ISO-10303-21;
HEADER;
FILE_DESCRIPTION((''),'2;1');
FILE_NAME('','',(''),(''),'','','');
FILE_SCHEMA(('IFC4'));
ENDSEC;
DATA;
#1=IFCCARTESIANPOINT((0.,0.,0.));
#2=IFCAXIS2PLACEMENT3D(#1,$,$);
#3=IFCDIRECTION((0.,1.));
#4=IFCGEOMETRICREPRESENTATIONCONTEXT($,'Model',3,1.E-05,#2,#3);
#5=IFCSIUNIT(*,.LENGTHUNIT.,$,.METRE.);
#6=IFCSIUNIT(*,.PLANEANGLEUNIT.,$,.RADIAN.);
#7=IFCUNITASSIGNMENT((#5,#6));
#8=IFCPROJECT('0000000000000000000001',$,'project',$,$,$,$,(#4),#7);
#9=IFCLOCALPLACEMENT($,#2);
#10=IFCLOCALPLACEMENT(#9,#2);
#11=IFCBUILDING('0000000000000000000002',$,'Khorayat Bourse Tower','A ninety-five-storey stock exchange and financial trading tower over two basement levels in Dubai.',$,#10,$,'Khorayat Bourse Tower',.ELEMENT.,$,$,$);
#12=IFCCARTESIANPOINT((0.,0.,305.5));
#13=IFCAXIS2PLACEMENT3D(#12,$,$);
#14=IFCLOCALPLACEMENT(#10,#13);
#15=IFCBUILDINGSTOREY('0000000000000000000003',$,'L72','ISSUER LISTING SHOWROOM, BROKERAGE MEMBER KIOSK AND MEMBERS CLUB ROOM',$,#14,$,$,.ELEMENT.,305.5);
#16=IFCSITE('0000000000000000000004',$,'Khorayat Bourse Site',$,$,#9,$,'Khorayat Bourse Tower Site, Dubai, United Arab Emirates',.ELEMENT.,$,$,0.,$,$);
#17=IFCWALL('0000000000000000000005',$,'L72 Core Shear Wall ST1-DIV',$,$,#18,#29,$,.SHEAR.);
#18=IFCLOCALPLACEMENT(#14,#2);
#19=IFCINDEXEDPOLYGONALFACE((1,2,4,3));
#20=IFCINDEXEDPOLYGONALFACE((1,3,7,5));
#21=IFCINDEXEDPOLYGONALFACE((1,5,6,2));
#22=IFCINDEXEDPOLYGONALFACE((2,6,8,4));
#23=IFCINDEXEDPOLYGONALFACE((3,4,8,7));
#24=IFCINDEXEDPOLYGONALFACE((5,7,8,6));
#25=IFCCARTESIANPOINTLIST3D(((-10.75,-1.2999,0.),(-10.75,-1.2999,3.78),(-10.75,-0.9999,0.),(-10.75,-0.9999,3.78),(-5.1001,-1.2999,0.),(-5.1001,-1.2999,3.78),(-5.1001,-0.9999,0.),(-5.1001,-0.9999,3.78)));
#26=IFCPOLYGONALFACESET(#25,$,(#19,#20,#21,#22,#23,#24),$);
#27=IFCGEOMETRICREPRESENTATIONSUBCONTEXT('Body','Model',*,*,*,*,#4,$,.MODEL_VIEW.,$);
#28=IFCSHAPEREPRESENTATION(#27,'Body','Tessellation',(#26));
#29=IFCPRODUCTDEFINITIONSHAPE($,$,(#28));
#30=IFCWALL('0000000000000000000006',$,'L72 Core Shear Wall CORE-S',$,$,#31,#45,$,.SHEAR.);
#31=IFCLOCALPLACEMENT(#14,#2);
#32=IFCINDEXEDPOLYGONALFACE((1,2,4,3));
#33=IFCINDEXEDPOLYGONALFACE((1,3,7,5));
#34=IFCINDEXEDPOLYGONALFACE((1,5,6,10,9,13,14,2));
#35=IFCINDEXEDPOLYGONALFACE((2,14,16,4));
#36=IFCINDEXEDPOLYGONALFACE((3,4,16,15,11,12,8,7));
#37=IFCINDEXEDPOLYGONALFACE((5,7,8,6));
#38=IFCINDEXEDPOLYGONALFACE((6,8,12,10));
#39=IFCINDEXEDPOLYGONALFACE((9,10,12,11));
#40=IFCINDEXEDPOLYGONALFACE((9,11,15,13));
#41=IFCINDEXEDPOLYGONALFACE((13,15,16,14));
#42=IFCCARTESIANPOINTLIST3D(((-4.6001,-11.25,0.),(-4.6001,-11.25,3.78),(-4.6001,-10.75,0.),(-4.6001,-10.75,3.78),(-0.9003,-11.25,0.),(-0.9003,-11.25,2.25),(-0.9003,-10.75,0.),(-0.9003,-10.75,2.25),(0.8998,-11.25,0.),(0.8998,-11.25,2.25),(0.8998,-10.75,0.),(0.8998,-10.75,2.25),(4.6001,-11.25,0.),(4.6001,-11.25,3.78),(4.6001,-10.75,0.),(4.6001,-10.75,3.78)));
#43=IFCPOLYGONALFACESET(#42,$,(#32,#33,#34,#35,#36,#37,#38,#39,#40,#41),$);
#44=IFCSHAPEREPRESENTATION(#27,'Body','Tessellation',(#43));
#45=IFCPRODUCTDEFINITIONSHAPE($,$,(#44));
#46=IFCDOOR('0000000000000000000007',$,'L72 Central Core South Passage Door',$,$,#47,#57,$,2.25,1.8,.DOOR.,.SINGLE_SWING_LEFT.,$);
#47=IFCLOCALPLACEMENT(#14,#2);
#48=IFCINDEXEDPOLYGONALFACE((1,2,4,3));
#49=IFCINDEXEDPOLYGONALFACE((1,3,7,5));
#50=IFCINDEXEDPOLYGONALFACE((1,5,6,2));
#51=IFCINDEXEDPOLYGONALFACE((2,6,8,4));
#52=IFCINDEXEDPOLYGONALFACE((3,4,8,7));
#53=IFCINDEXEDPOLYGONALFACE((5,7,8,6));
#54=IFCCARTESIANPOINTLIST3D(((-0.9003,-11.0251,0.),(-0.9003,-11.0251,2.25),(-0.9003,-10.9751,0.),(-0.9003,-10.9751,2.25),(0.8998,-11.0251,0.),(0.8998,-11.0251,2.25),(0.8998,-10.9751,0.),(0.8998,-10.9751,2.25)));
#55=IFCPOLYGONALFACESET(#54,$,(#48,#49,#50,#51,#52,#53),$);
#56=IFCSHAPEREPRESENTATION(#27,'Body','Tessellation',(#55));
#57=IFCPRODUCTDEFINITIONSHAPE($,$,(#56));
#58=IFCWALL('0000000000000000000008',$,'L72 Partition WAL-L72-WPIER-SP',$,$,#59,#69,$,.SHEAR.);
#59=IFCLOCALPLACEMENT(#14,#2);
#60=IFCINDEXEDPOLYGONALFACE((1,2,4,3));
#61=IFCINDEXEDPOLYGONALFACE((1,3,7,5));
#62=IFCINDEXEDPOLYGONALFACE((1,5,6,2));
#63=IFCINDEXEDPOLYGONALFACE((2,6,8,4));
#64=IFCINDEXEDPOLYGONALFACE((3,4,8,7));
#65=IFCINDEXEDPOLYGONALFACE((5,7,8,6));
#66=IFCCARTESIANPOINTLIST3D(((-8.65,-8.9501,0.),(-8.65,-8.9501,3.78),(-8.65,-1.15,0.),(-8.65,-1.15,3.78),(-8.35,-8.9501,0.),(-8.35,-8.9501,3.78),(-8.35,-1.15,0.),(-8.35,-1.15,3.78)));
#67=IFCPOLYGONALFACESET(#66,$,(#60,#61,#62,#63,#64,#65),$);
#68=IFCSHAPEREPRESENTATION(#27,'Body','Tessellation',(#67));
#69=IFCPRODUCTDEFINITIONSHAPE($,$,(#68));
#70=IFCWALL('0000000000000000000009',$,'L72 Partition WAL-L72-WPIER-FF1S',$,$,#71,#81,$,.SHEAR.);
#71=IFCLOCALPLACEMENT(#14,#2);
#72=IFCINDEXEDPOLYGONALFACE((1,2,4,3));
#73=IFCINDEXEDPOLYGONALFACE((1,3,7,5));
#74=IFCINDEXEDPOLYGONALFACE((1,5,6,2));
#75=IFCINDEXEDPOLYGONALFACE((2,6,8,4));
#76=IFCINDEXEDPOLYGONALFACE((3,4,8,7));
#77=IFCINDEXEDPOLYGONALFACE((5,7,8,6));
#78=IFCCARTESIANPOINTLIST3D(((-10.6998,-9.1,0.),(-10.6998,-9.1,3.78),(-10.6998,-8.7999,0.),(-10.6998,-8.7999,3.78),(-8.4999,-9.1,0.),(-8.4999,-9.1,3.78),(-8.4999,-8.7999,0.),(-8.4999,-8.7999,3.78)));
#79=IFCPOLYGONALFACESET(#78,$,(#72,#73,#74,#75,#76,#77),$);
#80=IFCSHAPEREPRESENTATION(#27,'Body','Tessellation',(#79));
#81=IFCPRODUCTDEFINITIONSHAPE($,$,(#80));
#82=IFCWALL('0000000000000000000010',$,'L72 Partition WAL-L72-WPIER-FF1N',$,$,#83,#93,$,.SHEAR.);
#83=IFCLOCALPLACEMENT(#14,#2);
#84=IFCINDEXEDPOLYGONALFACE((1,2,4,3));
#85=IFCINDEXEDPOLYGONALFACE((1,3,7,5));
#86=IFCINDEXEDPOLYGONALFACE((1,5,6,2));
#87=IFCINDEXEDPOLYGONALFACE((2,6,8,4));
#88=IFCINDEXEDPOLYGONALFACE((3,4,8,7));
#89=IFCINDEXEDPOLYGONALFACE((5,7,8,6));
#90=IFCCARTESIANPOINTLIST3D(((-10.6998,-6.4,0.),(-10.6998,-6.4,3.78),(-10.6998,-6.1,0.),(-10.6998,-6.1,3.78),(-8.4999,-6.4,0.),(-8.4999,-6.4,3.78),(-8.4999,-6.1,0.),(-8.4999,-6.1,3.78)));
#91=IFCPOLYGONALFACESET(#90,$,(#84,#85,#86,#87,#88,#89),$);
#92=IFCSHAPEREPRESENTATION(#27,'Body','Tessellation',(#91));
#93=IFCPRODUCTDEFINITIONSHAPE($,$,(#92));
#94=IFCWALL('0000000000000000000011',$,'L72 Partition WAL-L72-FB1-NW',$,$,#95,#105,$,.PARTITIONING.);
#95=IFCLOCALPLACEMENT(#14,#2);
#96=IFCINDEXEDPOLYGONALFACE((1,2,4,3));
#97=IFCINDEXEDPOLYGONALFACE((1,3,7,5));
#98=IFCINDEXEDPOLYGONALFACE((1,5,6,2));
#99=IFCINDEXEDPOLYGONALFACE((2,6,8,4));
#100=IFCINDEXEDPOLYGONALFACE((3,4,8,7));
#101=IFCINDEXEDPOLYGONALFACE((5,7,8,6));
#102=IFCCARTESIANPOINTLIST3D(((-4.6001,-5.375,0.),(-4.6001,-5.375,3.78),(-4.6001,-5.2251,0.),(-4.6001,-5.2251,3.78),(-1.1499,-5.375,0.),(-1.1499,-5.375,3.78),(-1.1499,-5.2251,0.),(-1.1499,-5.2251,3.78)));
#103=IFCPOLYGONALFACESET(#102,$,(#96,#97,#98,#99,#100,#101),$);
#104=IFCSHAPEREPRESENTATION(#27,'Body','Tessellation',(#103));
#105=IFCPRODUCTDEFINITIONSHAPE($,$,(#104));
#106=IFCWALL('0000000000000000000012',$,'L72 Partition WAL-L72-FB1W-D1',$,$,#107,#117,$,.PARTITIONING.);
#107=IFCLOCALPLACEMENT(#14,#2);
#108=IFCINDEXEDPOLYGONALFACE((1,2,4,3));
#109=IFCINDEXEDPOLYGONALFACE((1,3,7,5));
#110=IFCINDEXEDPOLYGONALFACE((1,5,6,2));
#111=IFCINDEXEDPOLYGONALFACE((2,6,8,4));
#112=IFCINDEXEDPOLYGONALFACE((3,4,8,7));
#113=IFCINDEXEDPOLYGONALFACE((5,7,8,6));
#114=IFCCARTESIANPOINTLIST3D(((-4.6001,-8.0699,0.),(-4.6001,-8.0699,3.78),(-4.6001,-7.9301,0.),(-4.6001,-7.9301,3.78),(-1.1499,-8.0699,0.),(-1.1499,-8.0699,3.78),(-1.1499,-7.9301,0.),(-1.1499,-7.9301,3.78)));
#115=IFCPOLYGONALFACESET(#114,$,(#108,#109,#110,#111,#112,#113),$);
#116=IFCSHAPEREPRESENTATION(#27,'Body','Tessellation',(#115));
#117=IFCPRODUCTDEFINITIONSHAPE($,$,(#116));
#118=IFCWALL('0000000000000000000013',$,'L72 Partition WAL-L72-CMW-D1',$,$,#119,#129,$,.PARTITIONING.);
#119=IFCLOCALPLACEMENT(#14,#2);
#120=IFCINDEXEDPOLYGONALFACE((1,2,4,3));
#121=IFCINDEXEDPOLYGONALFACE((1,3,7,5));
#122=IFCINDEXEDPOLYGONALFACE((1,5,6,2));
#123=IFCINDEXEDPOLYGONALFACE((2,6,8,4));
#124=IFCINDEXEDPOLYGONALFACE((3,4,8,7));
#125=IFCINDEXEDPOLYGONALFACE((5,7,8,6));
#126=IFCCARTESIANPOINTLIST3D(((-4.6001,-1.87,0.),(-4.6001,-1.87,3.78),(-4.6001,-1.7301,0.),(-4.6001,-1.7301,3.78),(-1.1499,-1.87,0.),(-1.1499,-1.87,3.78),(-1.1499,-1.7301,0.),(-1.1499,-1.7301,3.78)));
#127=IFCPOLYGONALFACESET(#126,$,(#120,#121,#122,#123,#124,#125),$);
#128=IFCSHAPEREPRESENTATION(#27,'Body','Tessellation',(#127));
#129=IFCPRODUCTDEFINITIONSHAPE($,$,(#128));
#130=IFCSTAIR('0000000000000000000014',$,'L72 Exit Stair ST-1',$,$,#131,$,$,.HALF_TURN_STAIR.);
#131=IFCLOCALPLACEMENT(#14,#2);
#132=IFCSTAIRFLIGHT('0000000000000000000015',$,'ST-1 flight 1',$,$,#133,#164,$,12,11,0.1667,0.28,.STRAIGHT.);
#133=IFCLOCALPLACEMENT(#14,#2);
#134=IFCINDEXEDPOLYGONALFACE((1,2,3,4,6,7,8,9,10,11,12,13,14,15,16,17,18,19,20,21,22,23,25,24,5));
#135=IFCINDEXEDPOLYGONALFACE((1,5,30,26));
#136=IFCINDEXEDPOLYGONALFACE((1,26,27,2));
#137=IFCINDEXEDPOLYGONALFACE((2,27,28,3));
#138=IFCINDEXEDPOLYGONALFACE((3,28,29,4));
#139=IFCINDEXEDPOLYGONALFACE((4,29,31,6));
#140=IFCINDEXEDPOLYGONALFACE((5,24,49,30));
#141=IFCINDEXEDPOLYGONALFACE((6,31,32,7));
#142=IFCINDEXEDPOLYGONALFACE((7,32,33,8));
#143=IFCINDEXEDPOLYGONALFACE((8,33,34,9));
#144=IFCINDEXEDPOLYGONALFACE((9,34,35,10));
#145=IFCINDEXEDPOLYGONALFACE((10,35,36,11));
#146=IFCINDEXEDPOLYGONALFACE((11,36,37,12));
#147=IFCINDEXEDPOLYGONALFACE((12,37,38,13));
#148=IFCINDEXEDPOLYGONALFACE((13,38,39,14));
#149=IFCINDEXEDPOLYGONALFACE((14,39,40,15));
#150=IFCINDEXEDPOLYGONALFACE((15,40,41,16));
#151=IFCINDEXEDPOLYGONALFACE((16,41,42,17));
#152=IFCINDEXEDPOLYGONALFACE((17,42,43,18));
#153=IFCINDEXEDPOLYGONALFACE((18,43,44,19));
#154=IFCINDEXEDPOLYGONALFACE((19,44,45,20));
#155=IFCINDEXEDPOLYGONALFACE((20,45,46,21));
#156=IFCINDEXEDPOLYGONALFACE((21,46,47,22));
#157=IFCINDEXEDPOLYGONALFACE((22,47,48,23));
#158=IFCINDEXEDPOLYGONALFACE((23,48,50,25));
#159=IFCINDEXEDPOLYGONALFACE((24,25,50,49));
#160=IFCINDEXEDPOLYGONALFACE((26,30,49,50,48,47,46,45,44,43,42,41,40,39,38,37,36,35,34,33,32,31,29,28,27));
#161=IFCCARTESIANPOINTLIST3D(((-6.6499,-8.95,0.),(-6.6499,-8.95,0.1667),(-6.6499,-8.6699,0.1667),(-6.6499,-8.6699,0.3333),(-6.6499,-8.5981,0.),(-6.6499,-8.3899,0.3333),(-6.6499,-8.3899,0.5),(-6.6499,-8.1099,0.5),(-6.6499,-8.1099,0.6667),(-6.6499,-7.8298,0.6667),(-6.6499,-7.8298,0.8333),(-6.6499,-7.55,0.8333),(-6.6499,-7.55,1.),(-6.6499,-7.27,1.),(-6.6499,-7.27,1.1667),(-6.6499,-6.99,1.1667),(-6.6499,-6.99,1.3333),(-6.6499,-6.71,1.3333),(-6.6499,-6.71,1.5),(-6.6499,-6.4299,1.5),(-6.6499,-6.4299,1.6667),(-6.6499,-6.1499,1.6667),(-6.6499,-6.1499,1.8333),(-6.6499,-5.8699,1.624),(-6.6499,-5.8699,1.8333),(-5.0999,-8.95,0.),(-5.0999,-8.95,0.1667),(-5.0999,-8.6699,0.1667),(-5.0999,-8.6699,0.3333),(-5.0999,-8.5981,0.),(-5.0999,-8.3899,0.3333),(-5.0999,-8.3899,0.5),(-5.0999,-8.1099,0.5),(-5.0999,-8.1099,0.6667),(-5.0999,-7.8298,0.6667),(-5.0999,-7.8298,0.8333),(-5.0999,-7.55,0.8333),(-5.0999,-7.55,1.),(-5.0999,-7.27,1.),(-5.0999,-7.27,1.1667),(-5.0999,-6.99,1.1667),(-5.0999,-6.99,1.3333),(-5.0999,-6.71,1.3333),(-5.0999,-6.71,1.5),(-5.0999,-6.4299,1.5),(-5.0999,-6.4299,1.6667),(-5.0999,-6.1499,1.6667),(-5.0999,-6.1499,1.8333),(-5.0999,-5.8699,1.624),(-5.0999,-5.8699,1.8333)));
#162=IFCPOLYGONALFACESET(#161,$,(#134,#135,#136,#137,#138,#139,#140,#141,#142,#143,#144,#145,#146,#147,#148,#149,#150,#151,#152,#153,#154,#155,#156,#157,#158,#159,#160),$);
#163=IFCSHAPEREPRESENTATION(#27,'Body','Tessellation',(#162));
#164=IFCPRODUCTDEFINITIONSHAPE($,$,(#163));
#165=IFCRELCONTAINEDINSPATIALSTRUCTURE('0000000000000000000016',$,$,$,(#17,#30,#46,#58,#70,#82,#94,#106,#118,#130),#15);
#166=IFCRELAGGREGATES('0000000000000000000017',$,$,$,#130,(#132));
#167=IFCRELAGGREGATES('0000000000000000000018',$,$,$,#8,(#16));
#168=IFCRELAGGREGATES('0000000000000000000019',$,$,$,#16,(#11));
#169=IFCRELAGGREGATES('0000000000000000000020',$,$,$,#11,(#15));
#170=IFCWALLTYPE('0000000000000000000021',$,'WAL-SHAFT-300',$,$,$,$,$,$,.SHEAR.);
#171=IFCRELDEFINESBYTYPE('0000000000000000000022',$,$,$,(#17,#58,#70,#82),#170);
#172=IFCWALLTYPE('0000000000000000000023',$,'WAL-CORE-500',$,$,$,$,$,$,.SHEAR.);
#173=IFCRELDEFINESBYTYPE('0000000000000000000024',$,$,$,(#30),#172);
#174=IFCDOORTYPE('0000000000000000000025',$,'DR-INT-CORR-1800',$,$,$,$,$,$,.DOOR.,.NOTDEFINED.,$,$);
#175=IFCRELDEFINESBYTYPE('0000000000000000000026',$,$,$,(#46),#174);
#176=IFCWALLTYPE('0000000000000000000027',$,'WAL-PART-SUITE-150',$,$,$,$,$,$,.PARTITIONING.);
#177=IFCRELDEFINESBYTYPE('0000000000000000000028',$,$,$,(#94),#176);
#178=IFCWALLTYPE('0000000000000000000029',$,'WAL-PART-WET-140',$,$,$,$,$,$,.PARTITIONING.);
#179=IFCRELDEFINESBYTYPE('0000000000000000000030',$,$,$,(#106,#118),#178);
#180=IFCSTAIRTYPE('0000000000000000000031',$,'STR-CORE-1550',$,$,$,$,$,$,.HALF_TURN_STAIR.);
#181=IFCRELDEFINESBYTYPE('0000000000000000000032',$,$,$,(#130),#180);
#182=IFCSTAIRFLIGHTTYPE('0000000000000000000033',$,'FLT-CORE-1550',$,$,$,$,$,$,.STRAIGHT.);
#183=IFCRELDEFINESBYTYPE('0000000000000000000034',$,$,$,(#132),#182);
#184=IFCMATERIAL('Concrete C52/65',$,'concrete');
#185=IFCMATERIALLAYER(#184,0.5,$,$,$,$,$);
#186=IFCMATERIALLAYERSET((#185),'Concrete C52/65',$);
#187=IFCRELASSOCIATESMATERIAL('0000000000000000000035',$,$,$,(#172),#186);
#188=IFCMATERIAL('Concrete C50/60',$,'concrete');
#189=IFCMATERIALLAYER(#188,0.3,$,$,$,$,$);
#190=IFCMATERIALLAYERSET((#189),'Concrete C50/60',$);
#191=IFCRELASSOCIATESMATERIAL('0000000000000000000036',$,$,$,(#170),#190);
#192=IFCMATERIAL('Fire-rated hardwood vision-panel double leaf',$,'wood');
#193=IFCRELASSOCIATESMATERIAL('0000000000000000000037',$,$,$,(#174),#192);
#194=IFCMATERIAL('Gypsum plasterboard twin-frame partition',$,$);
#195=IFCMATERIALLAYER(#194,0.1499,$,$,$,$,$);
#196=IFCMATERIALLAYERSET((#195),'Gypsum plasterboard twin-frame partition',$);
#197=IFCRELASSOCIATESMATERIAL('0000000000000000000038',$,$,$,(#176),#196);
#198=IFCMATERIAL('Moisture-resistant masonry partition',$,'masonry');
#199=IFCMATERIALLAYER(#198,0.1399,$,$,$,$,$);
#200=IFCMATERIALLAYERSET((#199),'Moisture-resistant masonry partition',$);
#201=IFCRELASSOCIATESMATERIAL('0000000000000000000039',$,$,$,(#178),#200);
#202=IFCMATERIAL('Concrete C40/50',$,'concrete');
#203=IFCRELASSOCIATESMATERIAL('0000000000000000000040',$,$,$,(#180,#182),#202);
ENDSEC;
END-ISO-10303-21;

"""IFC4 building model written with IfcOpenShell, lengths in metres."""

from ifc_helpers import new_model, si_unit, direction, frame, frame_2d, origin, place, context, subcontext, project, spatial, polyline, rectangle, outline, extrude, source, transform, mapped, material, layer, layer_set, type_object, element, fill, aggregate, save


model = new_model("IFC4")

# Units and contexts
model_context = context("Model", 3, precision=1e-05, world=origin(), true_north=direction((0.0, 1.0)))
body_context = subcontext(model_context, "Body", "Model", "MODEL_VIEW")
ifc_project = project(units=[si_unit("LENGTHUNIT", "METRE"), si_unit("PLANEANGLEUNIT", "RADIAN")], contexts=[model_context])

# Site, building, storey
site_placement = place(None, origin())
site = spatial("IfcSite", under=ifc_project, at=site_placement, Name="Khorayat Bourse Site", LongName="Khorayat Bourse Tower Site, Dubai, United Arab Emirates", CompositionType="ELEMENT", RefElevation=0.0)
building_placement = place(site_placement, origin())
building = spatial("IfcBuilding", under=site, at=building_placement, Name="Khorayat Bourse Tower", Description="A ninety-five-storey stock exchange and financial trading tower over two basement levels in Dubai.", LongName="Khorayat Bourse Tower", CompositionType="ELEMENT")
storey_placement = place(building_placement, frame((0.0, 0.0, 305.5)))
storey = spatial("IfcBuildingStorey", under=building, at=storey_placement, Name="L72", Description="ISSUER LISTING SHOWROOM, BROKERAGE MEMBER KIOSK AND MEMBERS CLUB ROOM", CompositionType="ELEMENT", Elevation=305.5)

# Shared definitions
ifc_material_1 = material(Name="Concrete C52/65", Category="concrete")

# Wall
ifc_layer_1 = layer(ifc_material_1, 0.5)
ifc_layer_set_1 = layer_set([ifc_layer_1], Name="Concrete C52/65")
wall_type_1 = type_object("IfcWallType", Name="WAL-CORE-500", PredefinedType="SHEAR", material=ifc_layer_set_1)
ifc_material_2 = material(Name="Concrete C50/60", Category="concrete")
ifc_layer_2 = layer(ifc_material_2, 0.3)
ifc_layer_set_2 = layer_set([ifc_layer_2], Name="Concrete C50/60")
wall_type_2 = type_object("IfcWallType", Name="WAL-SHAFT-300", PredefinedType="SHEAR", material=ifc_layer_set_2)
shared_shape_1 = source(origin(), body_context, "Body", "SweptSolid", [
    extrude(rectangle(XDim=5.6499, YDim=0.3, at=frame_2d((2.825, 0.0))), origin(), (0.0, 0.0, 1.0), 3.78),
])
wall_1_placement = place(storey_placement, frame((-10.75, -1.1499, 0.0), z_axis=(0.0, 0.0, 1.0), x_axis=(1.0, 0.0, 0.0)))
element("IfcWall", 1, at=wall_1_placement, inside=storey, type_object=wall_type_2, Name="L72 Core Shear Wall ST1-DIV", PredefinedType="SHEAR", context=body_context, shape_type="MappedRepresentation", body=[
    mapped(shared_shape_1, transform((0.0, 0.0, 0.0), scale=1.0)),
])

# Wall, opening, door
shared_shape_2 = source(origin(), body_context, "Body", "SweptSolid", [
    extrude(rectangle(XDim=9.2002, YDim=0.5, at=frame_2d((4.6001, 0.0))), origin(), (0.0, 0.0, 1.0), 3.78),
])
wall_2_placement = place(storey_placement, frame((-4.6001, -11.0, 0.0), z_axis=(0.0, 0.0, 1.0), x_axis=(1.0, 0.0, 0.0)))
wall_2 = element("IfcWall", 2, at=wall_2_placement, inside=storey, type_object=wall_type_1, Name="L72 Core Shear Wall CORE-S", PredefinedType="SHEAR", context=body_context, shape_type="MappedRepresentation", body=[
    mapped(shared_shape_2, transform((0.0, 0.0, 0.0), scale=1.0)),
])
shared_shape_3 = source(origin(), body_context, "Body", "SweptSolid", [
    extrude(rectangle(XDim=1.8, YDim=2.25, at=frame_2d((0.8999, 1.125))), frame((0.0, 0.26, 0.0), z_axis=(0.0, -1.0, 0.0), x_axis=(1.0, 0.0, 0.0)), (0.0, 0.0, 1.0), 0.52),
])
opening_placement = place(wall_2_placement, frame((3.7, 0.0, 0.0)))
opening = element("IfcOpeningElement", 3, at=opening_placement, cuts=wall_2, PredefinedType="OPENING", context=body_context, shape_type="MappedRepresentation", body=[
    mapped(shared_shape_3, transform((0.0, 0.0, 0.0), scale=1.0)),
])
ifc_material_3 = material(Name="Fire-rated hardwood vision-panel double leaf", Category="wood")
door_type = type_object("IfcDoorType", Name="DR-INT-CORR-1800", OperationType="NOTDEFINED", PredefinedType="DOOR", material=ifc_material_3)
shared_shape_4 = source(origin(), body_context, "Body", "SweptSolid", [
    extrude(rectangle(XDim=1.8, YDim=2.25, at=frame_2d((0.8999, 1.125))), frame((0.0, 0.0249, 0.0), z_axis=(0.0, -1.0, 0.0), x_axis=(1.0, 0.0, 0.0)), (0.0, 0.0, 1.0), 0.05),
])
door_placement = place(opening_placement, origin())
door = element("IfcDoor", 4, at=door_placement, inside=storey, type_object=door_type, Name="L72 Central Core South Passage Door", OperationType="SINGLE_SWING_LEFT", OverallHeight=2.25, OverallWidth=1.8, PredefinedType="DOOR", context=body_context, shape_type="MappedRepresentation", body=[
    mapped(shared_shape_4, transform((0.0, 0.0, 0.0), scale=1.0)),
])
fill(opening, door)

# Walls
shared_shape_5 = source(origin(), body_context, "Body", "SweptSolid", [
    extrude(rectangle(XDim=7.8, YDim=0.3, at=frame_2d((3.8999, 0.0))), origin(), (0.0, 0.0, 1.0), 3.78),
])
wall_3_placement = place(storey_placement, frame((-8.5, -8.95, 0.0), z_axis=(0.0, 0.0, 1.0), x_axis=(0.0, 1.0, 0.0)))
element("IfcWall", 5, at=wall_3_placement, inside=storey, type_object=wall_type_2, Name="L72 Partition WAL-L72-WPIER-SP", PredefinedType="SHEAR", context=body_context, shape_type="MappedRepresentation", body=[
    mapped(shared_shape_5, transform((0.0, 0.0, 0.0), scale=1.0)),
])
shared_shape_6 = source(origin(), body_context, "Body", "SweptSolid", [
    extrude(rectangle(XDim=2.2, YDim=0.3, at=frame_2d((1.1001, 0.0))), origin(), (0.0, 0.0, 1.0), 3.78),
])
for number, where, z_axis, x_axis, name in (
    (6, (-10.7, -8.95, 0.0), (0.0, 0.0, 1.0), (1.0, 0.0, 0.0), "L72 Partition WAL-L72-WPIER-FF1S"),
    (7, (-10.7, -6.25, 0.0), (0.0, 0.0, 1.0), (1.0, 0.0, 0.0), "L72 Partition WAL-L72-WPIER-FF1N"),
):
    element("IfcWall", number, at=place(storey_placement, frame(where, z_axis=z_axis, x_axis=x_axis)), inside=storey, type_object=wall_type_2, Name=name, PredefinedType="SHEAR", context=body_context, shape_type="MappedRepresentation", body=[
        mapped(shared_shape_6, transform((0.0, 0.0, 0.0), scale=1.0)),
    ])
ifc_material_4 = material(Name="Gypsum plasterboard twin-frame partition")
ifc_layer_3 = layer(ifc_material_4, 0.1499)
ifc_layer_set_3 = layer_set([ifc_layer_3], Name="Gypsum plasterboard twin-frame partition")
wall_type_3 = type_object("IfcWallType", Name="WAL-PART-SUITE-150", PredefinedType="PARTITIONING", material=ifc_layer_set_3)
shared_shape_7 = source(origin(), body_context, "Body", "SweptSolid", [
    extrude(rectangle(XDim=3.4502, YDim=0.1499, at=frame_2d((1.7251, 0.0))), origin(), (0.0, 0.0, 1.0), 3.78),
])
wall_4_placement = place(storey_placement, frame((-4.6001, -5.3, 0.0), z_axis=(0.0, 0.0, 1.0), x_axis=(1.0, 0.0, 0.0)))
element("IfcWall", 8, at=wall_4_placement, inside=storey, type_object=wall_type_3, Name="L72 Partition WAL-L72-FB1-NW", PredefinedType="PARTITIONING", context=body_context, shape_type="MappedRepresentation", body=[
    mapped(shared_shape_7, transform((0.0, 0.0, 0.0), scale=1.0)),
])
ifc_material_5 = material(Name="Moisture-resistant masonry partition", Category="masonry")
ifc_layer_4 = layer(ifc_material_5, 0.1399)
ifc_layer_set_4 = layer_set([ifc_layer_4], Name="Moisture-resistant masonry partition")
wall_type_4 = type_object("IfcWallType", Name="WAL-PART-WET-140", PredefinedType="PARTITIONING", material=ifc_layer_set_4)
shared_shape_8 = source(origin(), body_context, "Body", "SweptSolid", [
    extrude(rectangle(XDim=3.4502, YDim=0.1399, at=frame_2d((1.7251, 0.0))), origin(), (0.0, 0.0, 1.0), 3.78),
])
for number, where, z_axis, x_axis, name in (
    (9, (-4.6001, -8.0, 0.0), (0.0, 0.0, 1.0), (1.0, 0.0, 0.0), "L72 Partition WAL-L72-FB1W-D1"),
    (10, (-4.6001, -1.8, 0.0), (0.0, 0.0, 1.0), (1.0, 0.0, 0.0), "L72 Partition WAL-L72-CMW-D1"),
):
    element("IfcWall", number, at=place(storey_placement, frame(where, z_axis=z_axis, x_axis=x_axis)), inside=storey, type_object=wall_type_4, Name=name, PredefinedType="PARTITIONING", context=body_context, shape_type="MappedRepresentation", body=[
        mapped(shared_shape_8, transform((0.0, 0.0, 0.0), scale=1.0)),
    ])

# Stair, stair flight
ifc_material_6 = material(Name="Concrete C40/50", Category="concrete")
stair_type = type_object("IfcStairType", Name="STR-CORE-1550", PredefinedType="HALF_TURN_STAIR", material=ifc_material_6)
stair_placement = place(storey_placement, origin())
stair = element("IfcStair", 11, at=stair_placement, inside=storey, type_object=stair_type, Name="L72 Exit Stair ST-1", PredefinedType="HALF_TURN_STAIR")
stair_flight_type = type_object("IfcStairFlightType", Name="FLT-CORE-1550", PredefinedType="STRAIGHT", material=ifc_material_6)
shared_shape_9 = source(origin(), body_context, "Body", "SweptSolid", [
    extrude(outline(polyline([(0.0, 0.0), (0.0, 0.1667), (0.28, 0.1667), (0.28, 0.3333), (0.5601, 0.3333), (0.5601, 0.5), (0.8401, 0.5), (0.8401, 0.6667), (1.1201, 0.6667), (1.1201, 0.8333), (1.3999, 0.8333), (1.3999, 1.0), (1.6799, 1.0), (1.6799, 1.1667), (1.96, 1.1667), (1.96, 1.3333), (2.24, 1.3333), (2.24, 1.5), (2.52, 1.5), (2.52, 1.6667), (2.8, 1.6667), (2.8, 1.8333), (3.0801, 1.8333), (3.0801, 2.0), (3.0801, 1.624), (0.3518, 0.0), (0.0, 0.0)])), frame((0.0, 0.7749, 0.0), z_axis=(0.0, -1.0, 0.0), x_axis=(1.0, 0.0, 0.0)), (0.0, 0.0, 1.0), 1.55),
])
stair_flight_1_placement = place(storey_placement, frame((-5.875, -8.95, 0.0), z_axis=(0.0, 0.0, 1.0), x_axis=(0.0, 1.0, 0.0)))
stair_flight_1 = element("IfcStairFlight", 12, at=stair_flight_1_placement, type_object=stair_flight_type, Name="ST-1 flight 1", NumberOfRisers=12, NumberOfTreads=11, PredefinedType="STRAIGHT", RiserHeight=0.1667, TreadLength=0.28, context=body_context, shape_type="MappedRepresentation", body=[
    mapped(shared_shape_9, transform((0.0, 0.0, 0.0), scale=1.0)),
])
aggregate(stair, [stair_flight_1])

save(model, "model.ifc")
